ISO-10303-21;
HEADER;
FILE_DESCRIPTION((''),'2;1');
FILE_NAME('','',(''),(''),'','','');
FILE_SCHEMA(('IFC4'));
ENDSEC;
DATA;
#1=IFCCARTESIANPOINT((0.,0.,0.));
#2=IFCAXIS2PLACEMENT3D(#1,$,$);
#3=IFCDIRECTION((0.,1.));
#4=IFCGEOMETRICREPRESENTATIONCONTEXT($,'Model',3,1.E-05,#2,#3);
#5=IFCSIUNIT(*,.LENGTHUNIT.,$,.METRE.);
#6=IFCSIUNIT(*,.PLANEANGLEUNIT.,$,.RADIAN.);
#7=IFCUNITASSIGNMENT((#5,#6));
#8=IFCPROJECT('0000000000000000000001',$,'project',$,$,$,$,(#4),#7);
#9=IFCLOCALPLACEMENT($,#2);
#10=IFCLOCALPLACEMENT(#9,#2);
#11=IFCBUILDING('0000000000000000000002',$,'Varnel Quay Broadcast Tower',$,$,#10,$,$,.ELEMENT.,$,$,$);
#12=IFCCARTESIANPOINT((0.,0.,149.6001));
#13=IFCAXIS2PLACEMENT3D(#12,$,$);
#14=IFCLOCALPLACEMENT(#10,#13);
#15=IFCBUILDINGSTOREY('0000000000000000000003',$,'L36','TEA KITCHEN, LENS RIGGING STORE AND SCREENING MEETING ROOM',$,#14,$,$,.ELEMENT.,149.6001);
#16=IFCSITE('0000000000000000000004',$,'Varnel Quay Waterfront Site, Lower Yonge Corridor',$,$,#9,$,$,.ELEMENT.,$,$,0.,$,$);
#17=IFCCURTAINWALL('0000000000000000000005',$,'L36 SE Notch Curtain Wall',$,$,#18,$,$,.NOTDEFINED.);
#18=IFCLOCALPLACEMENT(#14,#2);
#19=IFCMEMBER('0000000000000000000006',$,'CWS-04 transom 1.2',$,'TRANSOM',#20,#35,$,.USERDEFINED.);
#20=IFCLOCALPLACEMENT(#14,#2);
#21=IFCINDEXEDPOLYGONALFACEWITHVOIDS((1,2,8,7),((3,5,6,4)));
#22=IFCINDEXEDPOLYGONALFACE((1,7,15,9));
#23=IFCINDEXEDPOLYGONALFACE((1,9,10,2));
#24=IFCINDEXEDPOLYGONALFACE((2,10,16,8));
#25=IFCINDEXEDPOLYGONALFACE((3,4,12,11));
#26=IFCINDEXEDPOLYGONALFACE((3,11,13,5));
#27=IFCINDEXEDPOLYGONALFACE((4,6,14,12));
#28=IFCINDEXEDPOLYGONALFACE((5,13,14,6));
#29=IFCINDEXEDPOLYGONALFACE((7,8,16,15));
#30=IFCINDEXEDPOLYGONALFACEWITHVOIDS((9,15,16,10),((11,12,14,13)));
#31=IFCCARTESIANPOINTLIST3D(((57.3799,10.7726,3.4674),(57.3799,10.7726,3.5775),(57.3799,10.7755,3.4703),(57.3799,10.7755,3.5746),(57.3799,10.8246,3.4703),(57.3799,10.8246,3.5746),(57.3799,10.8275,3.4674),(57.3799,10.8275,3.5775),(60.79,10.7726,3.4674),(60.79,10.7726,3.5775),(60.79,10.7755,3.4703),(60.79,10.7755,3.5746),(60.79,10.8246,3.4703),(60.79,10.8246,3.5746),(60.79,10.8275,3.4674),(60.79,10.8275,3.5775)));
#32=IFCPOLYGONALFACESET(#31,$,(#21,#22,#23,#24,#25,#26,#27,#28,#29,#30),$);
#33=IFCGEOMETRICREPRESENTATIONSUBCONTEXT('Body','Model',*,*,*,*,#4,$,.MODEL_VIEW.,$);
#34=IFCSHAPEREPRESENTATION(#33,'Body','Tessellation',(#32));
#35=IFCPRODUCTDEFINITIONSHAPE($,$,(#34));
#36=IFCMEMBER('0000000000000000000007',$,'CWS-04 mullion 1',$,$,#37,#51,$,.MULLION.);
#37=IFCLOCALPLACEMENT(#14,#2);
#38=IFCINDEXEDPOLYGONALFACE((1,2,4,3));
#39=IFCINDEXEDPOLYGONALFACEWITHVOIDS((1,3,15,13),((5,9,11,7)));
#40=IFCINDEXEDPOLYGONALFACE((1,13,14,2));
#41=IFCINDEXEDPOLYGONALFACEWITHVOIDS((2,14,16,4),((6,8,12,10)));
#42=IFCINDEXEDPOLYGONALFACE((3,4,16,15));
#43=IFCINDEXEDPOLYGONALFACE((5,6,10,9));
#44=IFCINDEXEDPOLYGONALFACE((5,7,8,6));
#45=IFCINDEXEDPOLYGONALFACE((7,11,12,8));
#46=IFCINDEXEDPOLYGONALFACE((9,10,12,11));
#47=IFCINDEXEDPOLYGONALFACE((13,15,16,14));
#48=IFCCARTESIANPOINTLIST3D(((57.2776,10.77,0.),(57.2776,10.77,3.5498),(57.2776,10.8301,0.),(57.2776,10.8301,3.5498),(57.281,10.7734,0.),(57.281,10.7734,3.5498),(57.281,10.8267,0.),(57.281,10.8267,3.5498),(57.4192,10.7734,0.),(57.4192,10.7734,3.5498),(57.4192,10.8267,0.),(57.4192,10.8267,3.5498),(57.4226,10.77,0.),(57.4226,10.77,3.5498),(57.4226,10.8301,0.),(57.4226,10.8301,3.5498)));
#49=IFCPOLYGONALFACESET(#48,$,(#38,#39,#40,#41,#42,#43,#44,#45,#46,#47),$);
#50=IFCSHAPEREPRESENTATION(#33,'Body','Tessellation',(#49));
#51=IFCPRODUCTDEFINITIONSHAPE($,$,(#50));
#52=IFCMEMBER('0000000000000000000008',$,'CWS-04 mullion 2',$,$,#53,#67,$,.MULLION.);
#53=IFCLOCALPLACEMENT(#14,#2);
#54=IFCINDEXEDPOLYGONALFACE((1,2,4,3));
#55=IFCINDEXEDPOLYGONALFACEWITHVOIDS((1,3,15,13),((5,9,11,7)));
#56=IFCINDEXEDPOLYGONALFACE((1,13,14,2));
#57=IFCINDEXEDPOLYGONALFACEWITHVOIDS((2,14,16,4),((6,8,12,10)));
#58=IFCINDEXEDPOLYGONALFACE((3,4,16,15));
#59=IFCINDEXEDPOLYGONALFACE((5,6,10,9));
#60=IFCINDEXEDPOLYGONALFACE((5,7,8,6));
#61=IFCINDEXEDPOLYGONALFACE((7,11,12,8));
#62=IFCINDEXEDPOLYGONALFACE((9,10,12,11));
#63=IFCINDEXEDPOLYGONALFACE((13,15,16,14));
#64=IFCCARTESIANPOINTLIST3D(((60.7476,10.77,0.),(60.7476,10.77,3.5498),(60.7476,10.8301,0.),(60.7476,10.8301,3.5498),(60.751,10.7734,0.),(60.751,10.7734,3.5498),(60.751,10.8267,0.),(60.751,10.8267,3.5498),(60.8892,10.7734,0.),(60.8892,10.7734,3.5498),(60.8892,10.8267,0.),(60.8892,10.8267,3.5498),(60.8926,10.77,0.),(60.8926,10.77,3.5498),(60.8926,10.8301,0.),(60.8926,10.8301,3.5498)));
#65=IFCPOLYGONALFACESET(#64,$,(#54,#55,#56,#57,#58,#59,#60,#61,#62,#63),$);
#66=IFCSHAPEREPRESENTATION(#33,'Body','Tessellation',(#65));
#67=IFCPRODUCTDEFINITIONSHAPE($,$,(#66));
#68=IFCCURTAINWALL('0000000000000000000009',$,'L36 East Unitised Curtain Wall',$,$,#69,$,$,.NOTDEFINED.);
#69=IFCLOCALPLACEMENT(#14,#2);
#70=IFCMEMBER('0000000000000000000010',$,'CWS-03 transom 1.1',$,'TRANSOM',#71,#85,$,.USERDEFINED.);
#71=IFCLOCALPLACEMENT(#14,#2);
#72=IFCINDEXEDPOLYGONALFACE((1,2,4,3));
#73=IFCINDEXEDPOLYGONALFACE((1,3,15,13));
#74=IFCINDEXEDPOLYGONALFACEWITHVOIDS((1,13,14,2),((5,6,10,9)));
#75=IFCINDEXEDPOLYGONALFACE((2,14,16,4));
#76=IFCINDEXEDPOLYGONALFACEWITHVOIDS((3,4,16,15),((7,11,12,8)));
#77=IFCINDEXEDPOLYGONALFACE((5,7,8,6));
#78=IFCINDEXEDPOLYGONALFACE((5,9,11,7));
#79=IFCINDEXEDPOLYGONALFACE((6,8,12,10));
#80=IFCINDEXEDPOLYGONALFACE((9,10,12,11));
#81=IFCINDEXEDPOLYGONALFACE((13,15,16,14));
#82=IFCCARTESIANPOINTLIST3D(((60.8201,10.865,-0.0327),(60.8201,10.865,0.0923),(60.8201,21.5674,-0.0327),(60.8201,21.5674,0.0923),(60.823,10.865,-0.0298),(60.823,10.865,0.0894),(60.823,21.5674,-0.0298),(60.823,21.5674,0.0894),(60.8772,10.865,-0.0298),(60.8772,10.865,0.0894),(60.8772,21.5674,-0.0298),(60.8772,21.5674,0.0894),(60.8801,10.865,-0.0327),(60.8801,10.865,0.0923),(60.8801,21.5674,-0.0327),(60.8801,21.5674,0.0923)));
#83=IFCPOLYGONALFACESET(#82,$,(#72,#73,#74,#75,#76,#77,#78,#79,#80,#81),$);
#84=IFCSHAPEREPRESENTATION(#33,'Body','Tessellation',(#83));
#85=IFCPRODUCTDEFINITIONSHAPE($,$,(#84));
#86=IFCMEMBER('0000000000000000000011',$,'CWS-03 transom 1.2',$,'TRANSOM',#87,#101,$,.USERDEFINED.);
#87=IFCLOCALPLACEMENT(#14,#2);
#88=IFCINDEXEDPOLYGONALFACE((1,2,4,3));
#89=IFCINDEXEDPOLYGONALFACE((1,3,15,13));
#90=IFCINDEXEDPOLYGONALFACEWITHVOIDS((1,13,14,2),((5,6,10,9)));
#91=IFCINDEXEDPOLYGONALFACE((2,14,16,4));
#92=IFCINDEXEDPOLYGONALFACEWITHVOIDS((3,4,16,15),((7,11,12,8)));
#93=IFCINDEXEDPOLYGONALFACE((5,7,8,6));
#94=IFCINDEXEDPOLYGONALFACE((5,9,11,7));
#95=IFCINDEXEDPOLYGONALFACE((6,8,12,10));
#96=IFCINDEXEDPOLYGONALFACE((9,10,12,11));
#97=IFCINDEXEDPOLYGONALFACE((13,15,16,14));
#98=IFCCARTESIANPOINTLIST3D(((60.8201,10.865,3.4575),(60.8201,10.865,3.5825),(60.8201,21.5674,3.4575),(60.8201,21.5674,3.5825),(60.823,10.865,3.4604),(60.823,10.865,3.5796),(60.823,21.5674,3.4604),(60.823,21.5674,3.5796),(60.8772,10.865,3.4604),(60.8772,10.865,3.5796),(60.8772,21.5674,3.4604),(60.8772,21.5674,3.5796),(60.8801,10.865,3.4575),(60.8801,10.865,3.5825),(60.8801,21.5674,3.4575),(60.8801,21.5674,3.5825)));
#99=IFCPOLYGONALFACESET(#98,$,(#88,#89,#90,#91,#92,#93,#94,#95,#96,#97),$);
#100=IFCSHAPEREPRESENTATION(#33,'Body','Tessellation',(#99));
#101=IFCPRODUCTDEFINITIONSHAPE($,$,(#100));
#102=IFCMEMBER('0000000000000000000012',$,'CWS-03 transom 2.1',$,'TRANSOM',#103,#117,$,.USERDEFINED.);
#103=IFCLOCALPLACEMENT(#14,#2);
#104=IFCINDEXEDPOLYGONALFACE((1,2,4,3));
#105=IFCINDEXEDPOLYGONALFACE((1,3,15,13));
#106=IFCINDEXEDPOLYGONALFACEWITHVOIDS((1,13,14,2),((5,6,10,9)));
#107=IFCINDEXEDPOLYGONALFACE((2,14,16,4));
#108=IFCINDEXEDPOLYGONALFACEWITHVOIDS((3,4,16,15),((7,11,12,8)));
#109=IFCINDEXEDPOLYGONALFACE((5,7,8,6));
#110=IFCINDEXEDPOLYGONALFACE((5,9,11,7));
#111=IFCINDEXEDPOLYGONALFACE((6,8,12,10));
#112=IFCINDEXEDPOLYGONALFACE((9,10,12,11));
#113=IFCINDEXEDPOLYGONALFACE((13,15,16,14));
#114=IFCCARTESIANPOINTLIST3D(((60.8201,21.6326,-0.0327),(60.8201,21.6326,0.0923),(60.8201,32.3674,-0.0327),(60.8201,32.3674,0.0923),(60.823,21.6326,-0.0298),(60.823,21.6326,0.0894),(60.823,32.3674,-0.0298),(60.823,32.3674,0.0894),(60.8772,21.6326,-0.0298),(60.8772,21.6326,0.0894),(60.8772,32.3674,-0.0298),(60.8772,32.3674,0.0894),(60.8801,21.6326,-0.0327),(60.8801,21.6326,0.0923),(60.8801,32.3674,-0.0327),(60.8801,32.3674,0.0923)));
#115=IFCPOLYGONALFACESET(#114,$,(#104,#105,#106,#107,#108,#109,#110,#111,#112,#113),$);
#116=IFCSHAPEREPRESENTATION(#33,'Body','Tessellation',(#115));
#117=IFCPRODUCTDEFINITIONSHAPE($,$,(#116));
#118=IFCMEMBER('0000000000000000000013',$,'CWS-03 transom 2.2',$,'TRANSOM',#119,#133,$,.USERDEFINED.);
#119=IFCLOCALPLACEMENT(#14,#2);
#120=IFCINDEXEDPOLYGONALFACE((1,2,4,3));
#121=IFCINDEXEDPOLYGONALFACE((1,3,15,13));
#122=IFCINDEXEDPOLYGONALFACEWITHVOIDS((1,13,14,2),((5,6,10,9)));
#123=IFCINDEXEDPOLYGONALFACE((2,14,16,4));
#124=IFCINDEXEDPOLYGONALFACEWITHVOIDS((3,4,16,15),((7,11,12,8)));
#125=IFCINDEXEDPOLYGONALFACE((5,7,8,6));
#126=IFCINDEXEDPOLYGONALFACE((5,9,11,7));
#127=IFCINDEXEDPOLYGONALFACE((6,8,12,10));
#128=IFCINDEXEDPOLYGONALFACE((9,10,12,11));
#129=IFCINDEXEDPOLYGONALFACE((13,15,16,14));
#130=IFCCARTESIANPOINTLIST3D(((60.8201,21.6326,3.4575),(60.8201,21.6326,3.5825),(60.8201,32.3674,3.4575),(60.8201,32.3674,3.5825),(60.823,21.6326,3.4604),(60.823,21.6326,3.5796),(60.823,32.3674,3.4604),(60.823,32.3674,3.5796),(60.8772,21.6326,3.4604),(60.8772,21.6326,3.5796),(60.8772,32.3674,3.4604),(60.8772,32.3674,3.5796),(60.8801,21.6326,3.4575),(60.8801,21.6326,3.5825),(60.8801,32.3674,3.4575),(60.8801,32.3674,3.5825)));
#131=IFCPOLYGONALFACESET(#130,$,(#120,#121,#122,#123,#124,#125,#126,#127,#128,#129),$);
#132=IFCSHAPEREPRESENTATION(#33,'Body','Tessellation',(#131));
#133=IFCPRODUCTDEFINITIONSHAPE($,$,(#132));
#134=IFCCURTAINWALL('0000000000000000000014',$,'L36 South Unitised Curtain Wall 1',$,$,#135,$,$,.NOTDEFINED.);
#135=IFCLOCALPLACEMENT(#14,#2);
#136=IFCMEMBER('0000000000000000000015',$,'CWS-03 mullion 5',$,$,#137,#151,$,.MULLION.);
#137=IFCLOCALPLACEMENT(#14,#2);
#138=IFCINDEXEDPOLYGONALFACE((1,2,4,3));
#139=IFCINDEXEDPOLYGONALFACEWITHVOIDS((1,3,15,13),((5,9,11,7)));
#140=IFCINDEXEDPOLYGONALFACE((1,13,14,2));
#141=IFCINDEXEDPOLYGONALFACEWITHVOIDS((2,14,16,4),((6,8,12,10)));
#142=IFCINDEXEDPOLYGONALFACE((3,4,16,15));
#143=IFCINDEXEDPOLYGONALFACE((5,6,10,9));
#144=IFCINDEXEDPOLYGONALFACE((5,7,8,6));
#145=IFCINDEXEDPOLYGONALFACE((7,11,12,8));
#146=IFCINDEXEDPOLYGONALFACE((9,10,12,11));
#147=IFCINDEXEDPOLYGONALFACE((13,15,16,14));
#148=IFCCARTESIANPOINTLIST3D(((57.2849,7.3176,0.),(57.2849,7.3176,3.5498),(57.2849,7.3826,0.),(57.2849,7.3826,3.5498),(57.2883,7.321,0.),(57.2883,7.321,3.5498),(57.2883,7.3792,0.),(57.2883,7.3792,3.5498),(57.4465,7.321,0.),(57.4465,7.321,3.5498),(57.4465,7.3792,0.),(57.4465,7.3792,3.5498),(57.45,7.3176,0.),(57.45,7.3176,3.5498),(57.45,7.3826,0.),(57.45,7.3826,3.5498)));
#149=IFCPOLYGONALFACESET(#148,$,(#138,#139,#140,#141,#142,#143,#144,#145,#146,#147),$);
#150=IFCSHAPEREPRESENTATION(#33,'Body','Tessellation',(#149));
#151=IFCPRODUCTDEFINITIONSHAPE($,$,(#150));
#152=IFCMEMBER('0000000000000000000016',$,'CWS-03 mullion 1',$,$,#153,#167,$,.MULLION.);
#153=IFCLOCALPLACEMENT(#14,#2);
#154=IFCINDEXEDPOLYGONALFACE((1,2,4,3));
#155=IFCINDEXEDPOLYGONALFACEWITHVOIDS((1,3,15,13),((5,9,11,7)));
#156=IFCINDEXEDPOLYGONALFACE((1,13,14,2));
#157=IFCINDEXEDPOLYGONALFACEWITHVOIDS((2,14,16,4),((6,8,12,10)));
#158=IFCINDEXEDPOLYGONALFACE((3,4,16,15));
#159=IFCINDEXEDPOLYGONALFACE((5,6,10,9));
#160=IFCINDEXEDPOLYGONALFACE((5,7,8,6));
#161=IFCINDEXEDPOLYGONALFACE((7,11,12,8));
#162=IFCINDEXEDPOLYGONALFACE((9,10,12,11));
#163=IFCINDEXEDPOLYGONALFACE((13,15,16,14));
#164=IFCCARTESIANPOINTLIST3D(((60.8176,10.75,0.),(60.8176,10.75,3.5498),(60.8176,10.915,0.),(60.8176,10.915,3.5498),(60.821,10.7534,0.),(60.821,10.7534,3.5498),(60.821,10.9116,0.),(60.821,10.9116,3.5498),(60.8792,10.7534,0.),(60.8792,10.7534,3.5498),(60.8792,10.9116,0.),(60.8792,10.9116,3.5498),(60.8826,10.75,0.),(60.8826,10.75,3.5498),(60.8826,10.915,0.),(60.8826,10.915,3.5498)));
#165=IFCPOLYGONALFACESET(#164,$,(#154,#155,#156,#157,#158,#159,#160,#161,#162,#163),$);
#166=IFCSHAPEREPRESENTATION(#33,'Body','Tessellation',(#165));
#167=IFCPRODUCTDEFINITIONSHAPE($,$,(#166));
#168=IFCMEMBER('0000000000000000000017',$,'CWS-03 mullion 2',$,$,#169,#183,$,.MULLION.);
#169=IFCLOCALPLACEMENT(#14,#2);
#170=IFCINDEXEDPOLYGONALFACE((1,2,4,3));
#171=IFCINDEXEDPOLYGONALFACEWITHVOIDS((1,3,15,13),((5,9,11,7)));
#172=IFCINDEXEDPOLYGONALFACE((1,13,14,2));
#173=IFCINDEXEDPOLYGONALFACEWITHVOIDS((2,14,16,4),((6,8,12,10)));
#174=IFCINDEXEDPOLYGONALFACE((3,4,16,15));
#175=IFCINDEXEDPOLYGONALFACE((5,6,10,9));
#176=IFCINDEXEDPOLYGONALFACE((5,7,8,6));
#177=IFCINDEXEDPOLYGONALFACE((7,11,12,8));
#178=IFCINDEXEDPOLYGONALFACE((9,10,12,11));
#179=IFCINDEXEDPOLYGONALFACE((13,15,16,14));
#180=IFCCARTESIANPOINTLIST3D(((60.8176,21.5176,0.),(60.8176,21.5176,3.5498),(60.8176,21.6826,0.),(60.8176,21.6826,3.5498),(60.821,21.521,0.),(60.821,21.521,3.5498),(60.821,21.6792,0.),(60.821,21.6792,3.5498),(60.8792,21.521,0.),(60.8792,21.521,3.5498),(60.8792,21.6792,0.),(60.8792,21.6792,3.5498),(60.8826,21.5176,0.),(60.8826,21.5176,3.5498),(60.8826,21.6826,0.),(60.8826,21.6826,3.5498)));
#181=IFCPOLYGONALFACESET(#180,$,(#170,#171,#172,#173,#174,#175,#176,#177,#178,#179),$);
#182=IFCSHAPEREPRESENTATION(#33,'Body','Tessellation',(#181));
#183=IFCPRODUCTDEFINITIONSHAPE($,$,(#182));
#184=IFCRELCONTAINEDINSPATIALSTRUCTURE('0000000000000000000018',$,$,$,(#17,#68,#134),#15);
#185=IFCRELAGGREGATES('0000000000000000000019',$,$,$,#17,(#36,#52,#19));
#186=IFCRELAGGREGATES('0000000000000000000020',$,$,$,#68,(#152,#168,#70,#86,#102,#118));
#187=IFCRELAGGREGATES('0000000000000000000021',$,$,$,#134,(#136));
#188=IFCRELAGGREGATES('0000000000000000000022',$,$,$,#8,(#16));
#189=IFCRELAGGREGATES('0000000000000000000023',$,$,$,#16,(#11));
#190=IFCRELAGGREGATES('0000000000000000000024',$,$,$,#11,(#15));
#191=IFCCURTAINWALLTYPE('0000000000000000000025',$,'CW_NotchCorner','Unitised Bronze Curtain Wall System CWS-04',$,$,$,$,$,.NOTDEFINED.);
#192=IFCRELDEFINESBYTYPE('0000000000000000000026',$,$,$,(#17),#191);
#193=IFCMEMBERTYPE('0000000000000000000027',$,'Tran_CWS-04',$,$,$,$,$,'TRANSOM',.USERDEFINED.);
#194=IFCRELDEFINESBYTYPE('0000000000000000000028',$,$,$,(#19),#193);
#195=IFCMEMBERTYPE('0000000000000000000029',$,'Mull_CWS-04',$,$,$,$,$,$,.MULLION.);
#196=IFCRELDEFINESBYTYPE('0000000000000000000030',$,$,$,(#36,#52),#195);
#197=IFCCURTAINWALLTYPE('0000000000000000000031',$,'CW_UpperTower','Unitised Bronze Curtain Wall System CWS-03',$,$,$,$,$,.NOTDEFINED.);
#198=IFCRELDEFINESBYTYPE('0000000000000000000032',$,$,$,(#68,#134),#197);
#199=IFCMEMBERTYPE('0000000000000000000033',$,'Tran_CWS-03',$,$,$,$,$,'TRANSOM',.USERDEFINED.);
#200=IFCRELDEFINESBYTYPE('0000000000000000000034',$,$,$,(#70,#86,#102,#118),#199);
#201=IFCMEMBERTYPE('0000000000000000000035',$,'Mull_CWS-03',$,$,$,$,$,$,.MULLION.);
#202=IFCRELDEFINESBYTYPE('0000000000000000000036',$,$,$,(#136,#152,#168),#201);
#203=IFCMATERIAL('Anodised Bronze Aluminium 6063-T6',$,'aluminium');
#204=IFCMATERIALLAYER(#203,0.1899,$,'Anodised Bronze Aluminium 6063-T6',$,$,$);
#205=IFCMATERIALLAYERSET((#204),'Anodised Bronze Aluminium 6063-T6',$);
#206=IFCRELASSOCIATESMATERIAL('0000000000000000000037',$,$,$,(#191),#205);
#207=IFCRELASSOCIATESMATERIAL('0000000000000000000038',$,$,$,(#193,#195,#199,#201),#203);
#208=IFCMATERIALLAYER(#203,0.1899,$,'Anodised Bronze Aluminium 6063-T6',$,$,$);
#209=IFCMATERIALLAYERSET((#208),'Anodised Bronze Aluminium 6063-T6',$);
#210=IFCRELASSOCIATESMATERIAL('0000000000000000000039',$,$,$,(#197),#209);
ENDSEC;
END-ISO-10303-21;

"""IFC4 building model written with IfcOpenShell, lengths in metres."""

from ifc_helpers import new_model, si_unit, direction, frame, origin, origin_2d, place, context, subcontext, project, spatial, hollow_rectangle, extrude, source, transform, mapped, material, layer, layer_set, material_profile, profile_set, type_object, type_shapes, element, aggregate, save


model = new_model("IFC4")

# Units and contexts
model_context = context("Model", 3, precision=1e-05, world=origin(), true_north=direction((0.0, 1.0)))
body_context = subcontext(model_context, "Body", "Model", "MODEL_VIEW")
ifc_project = project(units=[si_unit("LENGTHUNIT", "METRE"), si_unit("PLANEANGLEUNIT", "RADIAN")], contexts=[model_context])

# Site, building, storey
site_placement = place(None, origin())
site = spatial("IfcSite", under=ifc_project, at=site_placement, Name="Varnel Quay Waterfront Site, Lower Yonge Corridor", CompositionType="ELEMENT", RefElevation=0.0)
building_placement = place(site_placement, origin())
building = spatial("IfcBuilding", under=site, at=building_placement, Name="Varnel Quay Broadcast Tower", CompositionType="ELEMENT")
storey_placement = place(building_placement, frame((0.0, 0.0, 149.6001)))
storey = spatial("IfcBuildingStorey", under=building, at=storey_placement, Name="L36", Description="TEA KITCHEN, LENS RIGGING STORE AND SCREENING MEETING ROOM", CompositionType="ELEMENT", Elevation=149.6001)

# Curtain walls, members
ifc_material_1 = material(Name="Anodised Bronze Aluminium 6063-T6", Category="aluminium")
ifc_layer_1 = layer(ifc_material_1, 0.1899, Name="Anodised Bronze Aluminium 6063-T6")
ifc_layer_set_1 = layer_set([ifc_layer_1], Name="Anodised Bronze Aluminium 6063-T6")
curtain_wall_type_1 = type_object("IfcCurtainWallType", Name="CW_NotchCorner", Description="Unitised Bronze Curtain Wall System CWS-04", PredefinedType="NOTDEFINED", material=ifc_layer_set_1)
curtain_wall_1_placement = place(storey_placement, origin())
curtain_wall_1 = element("IfcCurtainWall", 1, at=curtain_wall_1_placement, inside=storey, type_object=curtain_wall_type_1, Name="L36 SE Notch Curtain Wall", PredefinedType="NOTDEFINED")
ifc_material_profile_1 = material_profile(ifc_material_1, hollow_rectangle(XDim=0.0549, YDim=0.1101, WallThickness=0.0029, at=origin_2d()), Name="ALU55X110X3")
ifc_profile_set_1 = profile_set([ifc_material_profile_1], Name="Anodised Bronze Aluminium 6063-T6")
member_type_1 = type_object("IfcMemberType", Name="Tran_CWS-04", ElementType="TRANSOM", PredefinedType="USERDEFINED", material=ifc_profile_set_1)
shared_shape_1 = source(origin(), body_context, "Body", "SweptSolid", [
    extrude(hollow_rectangle(XDim=0.0549, YDim=0.1101, WallThickness=0.0029, at=origin_2d()), origin(), (0.0, 0.0, 1.0), 3.4102),
])
type_shapes(member_type_1, [shared_shape_1])
member_1_placement = place(storey_placement, frame((57.3799, 10.8, 3.5225), z_axis=(1.0, 0.0, 0.0), x_axis=(0.0, 1.0, 0.0)))
member_1 = element("IfcMember", 2, at=member_1_placement, type_object=member_type_1, Name="CWS-04 transom 1.2", ObjectType="TRANSOM", PredefinedType="USERDEFINED", context=body_context, shape_type="MappedRepresentation", body=[
    mapped(shared_shape_1, transform((0.0, 0.0, 0.0), x_axis=(1.0, 0.0, 0.0), y_axis=(0.0, 1.0, 0.0), z_axis=(0.0, 0.0, 1.0), scale=1.0)),
])
ifc_material_profile_2 = material_profile(ifc_material_1, hollow_rectangle(XDim=0.0601, YDim=0.145, WallThickness=0.0034, at=origin_2d()), Name="ALU60X145X3.5")
ifc_profile_set_2 = profile_set([ifc_material_profile_2], Name="Anodised Bronze Aluminium 6063-T6")
member_type_2 = type_object("IfcMemberType", Name="Mull_CWS-04", PredefinedType="MULLION", material=ifc_profile_set_2)
shared_shape_2 = source(origin(), body_context, "Body", "SweptSolid", [
    extrude(hollow_rectangle(XDim=0.0601, YDim=0.145, WallThickness=0.0034, at=origin_2d()), origin(), (0.0, 0.0, 1.0), 3.5498),
])
type_shapes(member_type_2, [shared_shape_2])
member_2_placement = place(storey_placement, frame((57.3501, 10.8, 0.0), z_axis=(0.0, 0.0, 1.0), x_axis=(0.0, 1.0, 0.0)))
member_2 = element("IfcMember", 3, at=member_2_placement, type_object=member_type_2, Name="CWS-04 mullion 1", PredefinedType="MULLION", context=body_context, shape_type="MappedRepresentation", body=[
    mapped(shared_shape_2, transform((0.0, 0.0, 0.0), x_axis=(1.0, 0.0, 0.0), y_axis=(0.0, 1.0, 0.0), z_axis=(0.0, 0.0, 1.0), scale=1.0)),
])
member_3_placement = place(storey_placement, frame((60.8201, 10.8, 0.0), z_axis=(0.0, 0.0, 1.0), x_axis=(0.0, 1.0, 0.0)))
member_3 = element("IfcMember", 4, at=member_3_placement, type_object=member_type_2, Name="CWS-04 mullion 2", PredefinedType="MULLION", context=body_context, shape_type="MappedRepresentation", body=[
    mapped(shared_shape_2, transform((0.0, 0.0, 0.0), x_axis=(1.0, 0.0, 0.0), y_axis=(0.0, 1.0, 0.0), z_axis=(0.0, 0.0, 1.0), scale=1.0)),
])
ifc_layer_2 = layer(ifc_material_1, 0.1899, Name="Anodised Bronze Aluminium 6063-T6")
ifc_layer_set_2 = layer_set([ifc_layer_2], Name="Anodised Bronze Aluminium 6063-T6")
curtain_wall_type_2 = type_object("IfcCurtainWallType", Name="CW_UpperTower", Description="Unitised Bronze Curtain Wall System CWS-03", PredefinedType="NOTDEFINED", material=ifc_layer_set_2)
curtain_wall_2_placement = place(storey_placement, origin())
curtain_wall_2 = element("IfcCurtainWall", 5, at=curtain_wall_2_placement, inside=storey, type_object=curtain_wall_type_2, Name="L36 East Unitised Curtain Wall", PredefinedType="NOTDEFINED")
ifc_material_profile_3 = material_profile(ifc_material_1, hollow_rectangle(XDim=0.0601, YDim=0.125, WallThickness=0.0029, at=origin_2d()), Name="ALU60X125X3")
ifc_profile_set_3 = profile_set([ifc_material_profile_3], Name="Anodised Bronze Aluminium 6063-T6")
member_type_3 = type_object("IfcMemberType", Name="Tran_CWS-03", ElementType="TRANSOM", PredefinedType="USERDEFINED", material=ifc_profile_set_3)
shared_shape_3 = source(origin(), body_context, "Body", "SweptSolid", [
    extrude(hollow_rectangle(XDim=0.0601, YDim=0.125, WallThickness=0.0029, at=origin_2d()), origin(), (0.0, 0.0, 1.0), 10.7024),
])
member_4_placement = place(storey_placement, frame((60.8501, 10.865, 0.0298), z_axis=(0.0, 1.0, 0.0), x_axis=(-1.0, 0.0, 0.0)))
member_4 = element("IfcMember", 6, at=member_4_placement, type_object=member_type_3, Name="CWS-03 transom 1.1", ObjectType="TRANSOM", PredefinedType="USERDEFINED", context=body_context, shape_type="MappedRepresentation", body=[
    mapped(shared_shape_3, transform((0.0, 0.0, 0.0), x_axis=(1.0, 0.0, 0.0), y_axis=(0.0, 1.0, 0.0), z_axis=(0.0, 0.0, 1.0), scale=1.0)),
])
member_5_placement = place(storey_placement, frame((60.8501, 10.865, 3.52), z_axis=(0.0, 1.0, 0.0), x_axis=(-1.0, 0.0, 0.0)))
member_5 = element("IfcMember", 7, at=member_5_placement, type_object=member_type_3, Name="CWS-03 transom 1.2", ObjectType="TRANSOM", PredefinedType="USERDEFINED", context=body_context, shape_type="MappedRepresentation", body=[
    mapped(shared_shape_3, transform((0.0, 0.0, 0.0), x_axis=(1.0, 0.0, 0.0), y_axis=(0.0, 1.0, 0.0), z_axis=(0.0, 0.0, 1.0), scale=1.0)),
])
shared_shape_4 = source(origin(), body_context, "Body", "SweptSolid", [
    extrude(hollow_rectangle(XDim=0.0601, YDim=0.125, WallThickness=0.0029, at=origin_2d()), origin(), (0.0, 0.0, 1.0), 10.7349),
])
type_shapes(member_type_3, [shared_shape_3, shared_shape_4])
member_6_placement = place(storey_placement, frame((60.8501, 21.6326, 0.0298), z_axis=(0.0, 1.0, 0.0), x_axis=(-1.0, 0.0, 0.0)))
member_6 = element("IfcMember", 8, at=member_6_placement, type_object=member_type_3, Name="CWS-03 transom 2.1", ObjectType="TRANSOM", PredefinedType="USERDEFINED", context=body_context, shape_type="MappedRepresentation", body=[
    mapped(shared_shape_4, transform((0.0, 0.0, 0.0), x_axis=(1.0, 0.0, 0.0), y_axis=(0.0, 1.0, 0.0), z_axis=(0.0, 0.0, 1.0), scale=1.0)),
])
member_7_placement = place(storey_placement, frame((60.8501, 21.6326, 3.52), z_axis=(0.0, 1.0, 0.0), x_axis=(-1.0, 0.0, 0.0)))
member_7 = element("IfcMember", 9, at=member_7_placement, type_object=member_type_3, Name="CWS-03 transom 2.2", ObjectType="TRANSOM", PredefinedType="USERDEFINED", context=body_context, shape_type="MappedRepresentation", body=[
    mapped(shared_shape_4, transform((0.0, 0.0, 0.0), x_axis=(1.0, 0.0, 0.0), y_axis=(0.0, 1.0, 0.0), z_axis=(0.0, 0.0, 1.0), scale=1.0)),
])

# Curtain wall, member
curtain_wall_3_placement = place(storey_placement, origin())
curtain_wall_3 = element("IfcCurtainWall", 10, at=curtain_wall_3_placement, inside=storey, type_object=curtain_wall_type_2, Name="L36 South Unitised Curtain Wall 1", PredefinedType="NOTDEFINED")
ifc_material_profile_4 = material_profile(ifc_material_1, hollow_rectangle(XDim=0.0649, YDim=0.165, WallThickness=0.0034, at=origin_2d()), Name="ALU65X165X3.5")
ifc_profile_set_4 = profile_set([ifc_material_profile_4], Name="Anodised Bronze Aluminium 6063-T6")
member_type_4 = type_object("IfcMemberType", Name="Mull_CWS-03", PredefinedType="MULLION", material=ifc_profile_set_4)
shared_shape_5 = source(origin(), body_context, "Body", "SweptSolid", [
    extrude(hollow_rectangle(XDim=0.0649, YDim=0.165, WallThickness=0.0034, at=origin_2d()), origin(), (0.0, 0.0, 1.0), 3.5498),
])
type_shapes(member_type_4, [shared_shape_5])
member_8_placement = place(storey_placement, frame((57.3674, 7.3501, 0.0), z_axis=(0.0, 0.0, 1.0), x_axis=(0.0, 1.0, 0.0)))
member_8 = element("IfcMember", 11, at=member_8_placement, type_object=member_type_4, Name="CWS-03 mullion 5", PredefinedType="MULLION", context=body_context, shape_type="MappedRepresentation", body=[
    mapped(shared_shape_5, transform((0.0, 0.0, 0.0), x_axis=(1.0, 0.0, 0.0), y_axis=(0.0, 1.0, 0.0), z_axis=(0.0, 0.0, 1.0), scale=1.0)),
])

# Members
member_9_placement = place(storey_placement, frame((60.8501, 10.8325, 0.0), z_axis=(0.0, 0.0, 1.0), x_axis=(-1.0, 0.0, 0.0)))
member_9 = element("IfcMember", 12, at=member_9_placement, type_object=member_type_4, Name="CWS-03 mullion 1", PredefinedType="MULLION", context=body_context, shape_type="MappedRepresentation", body=[
    mapped(shared_shape_5, transform((0.0, 0.0, 0.0), x_axis=(1.0, 0.0, 0.0), y_axis=(0.0, 1.0, 0.0), z_axis=(0.0, 0.0, 1.0), scale=1.0)),
])
member_10_placement = place(storey_placement, frame((60.8501, 21.6001, 0.0), z_axis=(0.0, 0.0, 1.0), x_axis=(-1.0, 0.0, 0.0)))
member_10 = element("IfcMember", 13, at=member_10_placement, type_object=member_type_4, Name="CWS-03 mullion 2", PredefinedType="MULLION", context=body_context, shape_type="MappedRepresentation", body=[
    mapped(shared_shape_5, transform((0.0, 0.0, 0.0), x_axis=(1.0, 0.0, 0.0), y_axis=(0.0, 1.0, 0.0), z_axis=(0.0, 0.0, 1.0), scale=1.0)),
])

aggregate(curtain_wall_1, [member_2, member_3, member_1])
aggregate(curtain_wall_2, [member_9, member_10, member_4, member_5, member_6, member_7])
aggregate(curtain_wall_3, [member_8])

save(model, "model.ifc")
